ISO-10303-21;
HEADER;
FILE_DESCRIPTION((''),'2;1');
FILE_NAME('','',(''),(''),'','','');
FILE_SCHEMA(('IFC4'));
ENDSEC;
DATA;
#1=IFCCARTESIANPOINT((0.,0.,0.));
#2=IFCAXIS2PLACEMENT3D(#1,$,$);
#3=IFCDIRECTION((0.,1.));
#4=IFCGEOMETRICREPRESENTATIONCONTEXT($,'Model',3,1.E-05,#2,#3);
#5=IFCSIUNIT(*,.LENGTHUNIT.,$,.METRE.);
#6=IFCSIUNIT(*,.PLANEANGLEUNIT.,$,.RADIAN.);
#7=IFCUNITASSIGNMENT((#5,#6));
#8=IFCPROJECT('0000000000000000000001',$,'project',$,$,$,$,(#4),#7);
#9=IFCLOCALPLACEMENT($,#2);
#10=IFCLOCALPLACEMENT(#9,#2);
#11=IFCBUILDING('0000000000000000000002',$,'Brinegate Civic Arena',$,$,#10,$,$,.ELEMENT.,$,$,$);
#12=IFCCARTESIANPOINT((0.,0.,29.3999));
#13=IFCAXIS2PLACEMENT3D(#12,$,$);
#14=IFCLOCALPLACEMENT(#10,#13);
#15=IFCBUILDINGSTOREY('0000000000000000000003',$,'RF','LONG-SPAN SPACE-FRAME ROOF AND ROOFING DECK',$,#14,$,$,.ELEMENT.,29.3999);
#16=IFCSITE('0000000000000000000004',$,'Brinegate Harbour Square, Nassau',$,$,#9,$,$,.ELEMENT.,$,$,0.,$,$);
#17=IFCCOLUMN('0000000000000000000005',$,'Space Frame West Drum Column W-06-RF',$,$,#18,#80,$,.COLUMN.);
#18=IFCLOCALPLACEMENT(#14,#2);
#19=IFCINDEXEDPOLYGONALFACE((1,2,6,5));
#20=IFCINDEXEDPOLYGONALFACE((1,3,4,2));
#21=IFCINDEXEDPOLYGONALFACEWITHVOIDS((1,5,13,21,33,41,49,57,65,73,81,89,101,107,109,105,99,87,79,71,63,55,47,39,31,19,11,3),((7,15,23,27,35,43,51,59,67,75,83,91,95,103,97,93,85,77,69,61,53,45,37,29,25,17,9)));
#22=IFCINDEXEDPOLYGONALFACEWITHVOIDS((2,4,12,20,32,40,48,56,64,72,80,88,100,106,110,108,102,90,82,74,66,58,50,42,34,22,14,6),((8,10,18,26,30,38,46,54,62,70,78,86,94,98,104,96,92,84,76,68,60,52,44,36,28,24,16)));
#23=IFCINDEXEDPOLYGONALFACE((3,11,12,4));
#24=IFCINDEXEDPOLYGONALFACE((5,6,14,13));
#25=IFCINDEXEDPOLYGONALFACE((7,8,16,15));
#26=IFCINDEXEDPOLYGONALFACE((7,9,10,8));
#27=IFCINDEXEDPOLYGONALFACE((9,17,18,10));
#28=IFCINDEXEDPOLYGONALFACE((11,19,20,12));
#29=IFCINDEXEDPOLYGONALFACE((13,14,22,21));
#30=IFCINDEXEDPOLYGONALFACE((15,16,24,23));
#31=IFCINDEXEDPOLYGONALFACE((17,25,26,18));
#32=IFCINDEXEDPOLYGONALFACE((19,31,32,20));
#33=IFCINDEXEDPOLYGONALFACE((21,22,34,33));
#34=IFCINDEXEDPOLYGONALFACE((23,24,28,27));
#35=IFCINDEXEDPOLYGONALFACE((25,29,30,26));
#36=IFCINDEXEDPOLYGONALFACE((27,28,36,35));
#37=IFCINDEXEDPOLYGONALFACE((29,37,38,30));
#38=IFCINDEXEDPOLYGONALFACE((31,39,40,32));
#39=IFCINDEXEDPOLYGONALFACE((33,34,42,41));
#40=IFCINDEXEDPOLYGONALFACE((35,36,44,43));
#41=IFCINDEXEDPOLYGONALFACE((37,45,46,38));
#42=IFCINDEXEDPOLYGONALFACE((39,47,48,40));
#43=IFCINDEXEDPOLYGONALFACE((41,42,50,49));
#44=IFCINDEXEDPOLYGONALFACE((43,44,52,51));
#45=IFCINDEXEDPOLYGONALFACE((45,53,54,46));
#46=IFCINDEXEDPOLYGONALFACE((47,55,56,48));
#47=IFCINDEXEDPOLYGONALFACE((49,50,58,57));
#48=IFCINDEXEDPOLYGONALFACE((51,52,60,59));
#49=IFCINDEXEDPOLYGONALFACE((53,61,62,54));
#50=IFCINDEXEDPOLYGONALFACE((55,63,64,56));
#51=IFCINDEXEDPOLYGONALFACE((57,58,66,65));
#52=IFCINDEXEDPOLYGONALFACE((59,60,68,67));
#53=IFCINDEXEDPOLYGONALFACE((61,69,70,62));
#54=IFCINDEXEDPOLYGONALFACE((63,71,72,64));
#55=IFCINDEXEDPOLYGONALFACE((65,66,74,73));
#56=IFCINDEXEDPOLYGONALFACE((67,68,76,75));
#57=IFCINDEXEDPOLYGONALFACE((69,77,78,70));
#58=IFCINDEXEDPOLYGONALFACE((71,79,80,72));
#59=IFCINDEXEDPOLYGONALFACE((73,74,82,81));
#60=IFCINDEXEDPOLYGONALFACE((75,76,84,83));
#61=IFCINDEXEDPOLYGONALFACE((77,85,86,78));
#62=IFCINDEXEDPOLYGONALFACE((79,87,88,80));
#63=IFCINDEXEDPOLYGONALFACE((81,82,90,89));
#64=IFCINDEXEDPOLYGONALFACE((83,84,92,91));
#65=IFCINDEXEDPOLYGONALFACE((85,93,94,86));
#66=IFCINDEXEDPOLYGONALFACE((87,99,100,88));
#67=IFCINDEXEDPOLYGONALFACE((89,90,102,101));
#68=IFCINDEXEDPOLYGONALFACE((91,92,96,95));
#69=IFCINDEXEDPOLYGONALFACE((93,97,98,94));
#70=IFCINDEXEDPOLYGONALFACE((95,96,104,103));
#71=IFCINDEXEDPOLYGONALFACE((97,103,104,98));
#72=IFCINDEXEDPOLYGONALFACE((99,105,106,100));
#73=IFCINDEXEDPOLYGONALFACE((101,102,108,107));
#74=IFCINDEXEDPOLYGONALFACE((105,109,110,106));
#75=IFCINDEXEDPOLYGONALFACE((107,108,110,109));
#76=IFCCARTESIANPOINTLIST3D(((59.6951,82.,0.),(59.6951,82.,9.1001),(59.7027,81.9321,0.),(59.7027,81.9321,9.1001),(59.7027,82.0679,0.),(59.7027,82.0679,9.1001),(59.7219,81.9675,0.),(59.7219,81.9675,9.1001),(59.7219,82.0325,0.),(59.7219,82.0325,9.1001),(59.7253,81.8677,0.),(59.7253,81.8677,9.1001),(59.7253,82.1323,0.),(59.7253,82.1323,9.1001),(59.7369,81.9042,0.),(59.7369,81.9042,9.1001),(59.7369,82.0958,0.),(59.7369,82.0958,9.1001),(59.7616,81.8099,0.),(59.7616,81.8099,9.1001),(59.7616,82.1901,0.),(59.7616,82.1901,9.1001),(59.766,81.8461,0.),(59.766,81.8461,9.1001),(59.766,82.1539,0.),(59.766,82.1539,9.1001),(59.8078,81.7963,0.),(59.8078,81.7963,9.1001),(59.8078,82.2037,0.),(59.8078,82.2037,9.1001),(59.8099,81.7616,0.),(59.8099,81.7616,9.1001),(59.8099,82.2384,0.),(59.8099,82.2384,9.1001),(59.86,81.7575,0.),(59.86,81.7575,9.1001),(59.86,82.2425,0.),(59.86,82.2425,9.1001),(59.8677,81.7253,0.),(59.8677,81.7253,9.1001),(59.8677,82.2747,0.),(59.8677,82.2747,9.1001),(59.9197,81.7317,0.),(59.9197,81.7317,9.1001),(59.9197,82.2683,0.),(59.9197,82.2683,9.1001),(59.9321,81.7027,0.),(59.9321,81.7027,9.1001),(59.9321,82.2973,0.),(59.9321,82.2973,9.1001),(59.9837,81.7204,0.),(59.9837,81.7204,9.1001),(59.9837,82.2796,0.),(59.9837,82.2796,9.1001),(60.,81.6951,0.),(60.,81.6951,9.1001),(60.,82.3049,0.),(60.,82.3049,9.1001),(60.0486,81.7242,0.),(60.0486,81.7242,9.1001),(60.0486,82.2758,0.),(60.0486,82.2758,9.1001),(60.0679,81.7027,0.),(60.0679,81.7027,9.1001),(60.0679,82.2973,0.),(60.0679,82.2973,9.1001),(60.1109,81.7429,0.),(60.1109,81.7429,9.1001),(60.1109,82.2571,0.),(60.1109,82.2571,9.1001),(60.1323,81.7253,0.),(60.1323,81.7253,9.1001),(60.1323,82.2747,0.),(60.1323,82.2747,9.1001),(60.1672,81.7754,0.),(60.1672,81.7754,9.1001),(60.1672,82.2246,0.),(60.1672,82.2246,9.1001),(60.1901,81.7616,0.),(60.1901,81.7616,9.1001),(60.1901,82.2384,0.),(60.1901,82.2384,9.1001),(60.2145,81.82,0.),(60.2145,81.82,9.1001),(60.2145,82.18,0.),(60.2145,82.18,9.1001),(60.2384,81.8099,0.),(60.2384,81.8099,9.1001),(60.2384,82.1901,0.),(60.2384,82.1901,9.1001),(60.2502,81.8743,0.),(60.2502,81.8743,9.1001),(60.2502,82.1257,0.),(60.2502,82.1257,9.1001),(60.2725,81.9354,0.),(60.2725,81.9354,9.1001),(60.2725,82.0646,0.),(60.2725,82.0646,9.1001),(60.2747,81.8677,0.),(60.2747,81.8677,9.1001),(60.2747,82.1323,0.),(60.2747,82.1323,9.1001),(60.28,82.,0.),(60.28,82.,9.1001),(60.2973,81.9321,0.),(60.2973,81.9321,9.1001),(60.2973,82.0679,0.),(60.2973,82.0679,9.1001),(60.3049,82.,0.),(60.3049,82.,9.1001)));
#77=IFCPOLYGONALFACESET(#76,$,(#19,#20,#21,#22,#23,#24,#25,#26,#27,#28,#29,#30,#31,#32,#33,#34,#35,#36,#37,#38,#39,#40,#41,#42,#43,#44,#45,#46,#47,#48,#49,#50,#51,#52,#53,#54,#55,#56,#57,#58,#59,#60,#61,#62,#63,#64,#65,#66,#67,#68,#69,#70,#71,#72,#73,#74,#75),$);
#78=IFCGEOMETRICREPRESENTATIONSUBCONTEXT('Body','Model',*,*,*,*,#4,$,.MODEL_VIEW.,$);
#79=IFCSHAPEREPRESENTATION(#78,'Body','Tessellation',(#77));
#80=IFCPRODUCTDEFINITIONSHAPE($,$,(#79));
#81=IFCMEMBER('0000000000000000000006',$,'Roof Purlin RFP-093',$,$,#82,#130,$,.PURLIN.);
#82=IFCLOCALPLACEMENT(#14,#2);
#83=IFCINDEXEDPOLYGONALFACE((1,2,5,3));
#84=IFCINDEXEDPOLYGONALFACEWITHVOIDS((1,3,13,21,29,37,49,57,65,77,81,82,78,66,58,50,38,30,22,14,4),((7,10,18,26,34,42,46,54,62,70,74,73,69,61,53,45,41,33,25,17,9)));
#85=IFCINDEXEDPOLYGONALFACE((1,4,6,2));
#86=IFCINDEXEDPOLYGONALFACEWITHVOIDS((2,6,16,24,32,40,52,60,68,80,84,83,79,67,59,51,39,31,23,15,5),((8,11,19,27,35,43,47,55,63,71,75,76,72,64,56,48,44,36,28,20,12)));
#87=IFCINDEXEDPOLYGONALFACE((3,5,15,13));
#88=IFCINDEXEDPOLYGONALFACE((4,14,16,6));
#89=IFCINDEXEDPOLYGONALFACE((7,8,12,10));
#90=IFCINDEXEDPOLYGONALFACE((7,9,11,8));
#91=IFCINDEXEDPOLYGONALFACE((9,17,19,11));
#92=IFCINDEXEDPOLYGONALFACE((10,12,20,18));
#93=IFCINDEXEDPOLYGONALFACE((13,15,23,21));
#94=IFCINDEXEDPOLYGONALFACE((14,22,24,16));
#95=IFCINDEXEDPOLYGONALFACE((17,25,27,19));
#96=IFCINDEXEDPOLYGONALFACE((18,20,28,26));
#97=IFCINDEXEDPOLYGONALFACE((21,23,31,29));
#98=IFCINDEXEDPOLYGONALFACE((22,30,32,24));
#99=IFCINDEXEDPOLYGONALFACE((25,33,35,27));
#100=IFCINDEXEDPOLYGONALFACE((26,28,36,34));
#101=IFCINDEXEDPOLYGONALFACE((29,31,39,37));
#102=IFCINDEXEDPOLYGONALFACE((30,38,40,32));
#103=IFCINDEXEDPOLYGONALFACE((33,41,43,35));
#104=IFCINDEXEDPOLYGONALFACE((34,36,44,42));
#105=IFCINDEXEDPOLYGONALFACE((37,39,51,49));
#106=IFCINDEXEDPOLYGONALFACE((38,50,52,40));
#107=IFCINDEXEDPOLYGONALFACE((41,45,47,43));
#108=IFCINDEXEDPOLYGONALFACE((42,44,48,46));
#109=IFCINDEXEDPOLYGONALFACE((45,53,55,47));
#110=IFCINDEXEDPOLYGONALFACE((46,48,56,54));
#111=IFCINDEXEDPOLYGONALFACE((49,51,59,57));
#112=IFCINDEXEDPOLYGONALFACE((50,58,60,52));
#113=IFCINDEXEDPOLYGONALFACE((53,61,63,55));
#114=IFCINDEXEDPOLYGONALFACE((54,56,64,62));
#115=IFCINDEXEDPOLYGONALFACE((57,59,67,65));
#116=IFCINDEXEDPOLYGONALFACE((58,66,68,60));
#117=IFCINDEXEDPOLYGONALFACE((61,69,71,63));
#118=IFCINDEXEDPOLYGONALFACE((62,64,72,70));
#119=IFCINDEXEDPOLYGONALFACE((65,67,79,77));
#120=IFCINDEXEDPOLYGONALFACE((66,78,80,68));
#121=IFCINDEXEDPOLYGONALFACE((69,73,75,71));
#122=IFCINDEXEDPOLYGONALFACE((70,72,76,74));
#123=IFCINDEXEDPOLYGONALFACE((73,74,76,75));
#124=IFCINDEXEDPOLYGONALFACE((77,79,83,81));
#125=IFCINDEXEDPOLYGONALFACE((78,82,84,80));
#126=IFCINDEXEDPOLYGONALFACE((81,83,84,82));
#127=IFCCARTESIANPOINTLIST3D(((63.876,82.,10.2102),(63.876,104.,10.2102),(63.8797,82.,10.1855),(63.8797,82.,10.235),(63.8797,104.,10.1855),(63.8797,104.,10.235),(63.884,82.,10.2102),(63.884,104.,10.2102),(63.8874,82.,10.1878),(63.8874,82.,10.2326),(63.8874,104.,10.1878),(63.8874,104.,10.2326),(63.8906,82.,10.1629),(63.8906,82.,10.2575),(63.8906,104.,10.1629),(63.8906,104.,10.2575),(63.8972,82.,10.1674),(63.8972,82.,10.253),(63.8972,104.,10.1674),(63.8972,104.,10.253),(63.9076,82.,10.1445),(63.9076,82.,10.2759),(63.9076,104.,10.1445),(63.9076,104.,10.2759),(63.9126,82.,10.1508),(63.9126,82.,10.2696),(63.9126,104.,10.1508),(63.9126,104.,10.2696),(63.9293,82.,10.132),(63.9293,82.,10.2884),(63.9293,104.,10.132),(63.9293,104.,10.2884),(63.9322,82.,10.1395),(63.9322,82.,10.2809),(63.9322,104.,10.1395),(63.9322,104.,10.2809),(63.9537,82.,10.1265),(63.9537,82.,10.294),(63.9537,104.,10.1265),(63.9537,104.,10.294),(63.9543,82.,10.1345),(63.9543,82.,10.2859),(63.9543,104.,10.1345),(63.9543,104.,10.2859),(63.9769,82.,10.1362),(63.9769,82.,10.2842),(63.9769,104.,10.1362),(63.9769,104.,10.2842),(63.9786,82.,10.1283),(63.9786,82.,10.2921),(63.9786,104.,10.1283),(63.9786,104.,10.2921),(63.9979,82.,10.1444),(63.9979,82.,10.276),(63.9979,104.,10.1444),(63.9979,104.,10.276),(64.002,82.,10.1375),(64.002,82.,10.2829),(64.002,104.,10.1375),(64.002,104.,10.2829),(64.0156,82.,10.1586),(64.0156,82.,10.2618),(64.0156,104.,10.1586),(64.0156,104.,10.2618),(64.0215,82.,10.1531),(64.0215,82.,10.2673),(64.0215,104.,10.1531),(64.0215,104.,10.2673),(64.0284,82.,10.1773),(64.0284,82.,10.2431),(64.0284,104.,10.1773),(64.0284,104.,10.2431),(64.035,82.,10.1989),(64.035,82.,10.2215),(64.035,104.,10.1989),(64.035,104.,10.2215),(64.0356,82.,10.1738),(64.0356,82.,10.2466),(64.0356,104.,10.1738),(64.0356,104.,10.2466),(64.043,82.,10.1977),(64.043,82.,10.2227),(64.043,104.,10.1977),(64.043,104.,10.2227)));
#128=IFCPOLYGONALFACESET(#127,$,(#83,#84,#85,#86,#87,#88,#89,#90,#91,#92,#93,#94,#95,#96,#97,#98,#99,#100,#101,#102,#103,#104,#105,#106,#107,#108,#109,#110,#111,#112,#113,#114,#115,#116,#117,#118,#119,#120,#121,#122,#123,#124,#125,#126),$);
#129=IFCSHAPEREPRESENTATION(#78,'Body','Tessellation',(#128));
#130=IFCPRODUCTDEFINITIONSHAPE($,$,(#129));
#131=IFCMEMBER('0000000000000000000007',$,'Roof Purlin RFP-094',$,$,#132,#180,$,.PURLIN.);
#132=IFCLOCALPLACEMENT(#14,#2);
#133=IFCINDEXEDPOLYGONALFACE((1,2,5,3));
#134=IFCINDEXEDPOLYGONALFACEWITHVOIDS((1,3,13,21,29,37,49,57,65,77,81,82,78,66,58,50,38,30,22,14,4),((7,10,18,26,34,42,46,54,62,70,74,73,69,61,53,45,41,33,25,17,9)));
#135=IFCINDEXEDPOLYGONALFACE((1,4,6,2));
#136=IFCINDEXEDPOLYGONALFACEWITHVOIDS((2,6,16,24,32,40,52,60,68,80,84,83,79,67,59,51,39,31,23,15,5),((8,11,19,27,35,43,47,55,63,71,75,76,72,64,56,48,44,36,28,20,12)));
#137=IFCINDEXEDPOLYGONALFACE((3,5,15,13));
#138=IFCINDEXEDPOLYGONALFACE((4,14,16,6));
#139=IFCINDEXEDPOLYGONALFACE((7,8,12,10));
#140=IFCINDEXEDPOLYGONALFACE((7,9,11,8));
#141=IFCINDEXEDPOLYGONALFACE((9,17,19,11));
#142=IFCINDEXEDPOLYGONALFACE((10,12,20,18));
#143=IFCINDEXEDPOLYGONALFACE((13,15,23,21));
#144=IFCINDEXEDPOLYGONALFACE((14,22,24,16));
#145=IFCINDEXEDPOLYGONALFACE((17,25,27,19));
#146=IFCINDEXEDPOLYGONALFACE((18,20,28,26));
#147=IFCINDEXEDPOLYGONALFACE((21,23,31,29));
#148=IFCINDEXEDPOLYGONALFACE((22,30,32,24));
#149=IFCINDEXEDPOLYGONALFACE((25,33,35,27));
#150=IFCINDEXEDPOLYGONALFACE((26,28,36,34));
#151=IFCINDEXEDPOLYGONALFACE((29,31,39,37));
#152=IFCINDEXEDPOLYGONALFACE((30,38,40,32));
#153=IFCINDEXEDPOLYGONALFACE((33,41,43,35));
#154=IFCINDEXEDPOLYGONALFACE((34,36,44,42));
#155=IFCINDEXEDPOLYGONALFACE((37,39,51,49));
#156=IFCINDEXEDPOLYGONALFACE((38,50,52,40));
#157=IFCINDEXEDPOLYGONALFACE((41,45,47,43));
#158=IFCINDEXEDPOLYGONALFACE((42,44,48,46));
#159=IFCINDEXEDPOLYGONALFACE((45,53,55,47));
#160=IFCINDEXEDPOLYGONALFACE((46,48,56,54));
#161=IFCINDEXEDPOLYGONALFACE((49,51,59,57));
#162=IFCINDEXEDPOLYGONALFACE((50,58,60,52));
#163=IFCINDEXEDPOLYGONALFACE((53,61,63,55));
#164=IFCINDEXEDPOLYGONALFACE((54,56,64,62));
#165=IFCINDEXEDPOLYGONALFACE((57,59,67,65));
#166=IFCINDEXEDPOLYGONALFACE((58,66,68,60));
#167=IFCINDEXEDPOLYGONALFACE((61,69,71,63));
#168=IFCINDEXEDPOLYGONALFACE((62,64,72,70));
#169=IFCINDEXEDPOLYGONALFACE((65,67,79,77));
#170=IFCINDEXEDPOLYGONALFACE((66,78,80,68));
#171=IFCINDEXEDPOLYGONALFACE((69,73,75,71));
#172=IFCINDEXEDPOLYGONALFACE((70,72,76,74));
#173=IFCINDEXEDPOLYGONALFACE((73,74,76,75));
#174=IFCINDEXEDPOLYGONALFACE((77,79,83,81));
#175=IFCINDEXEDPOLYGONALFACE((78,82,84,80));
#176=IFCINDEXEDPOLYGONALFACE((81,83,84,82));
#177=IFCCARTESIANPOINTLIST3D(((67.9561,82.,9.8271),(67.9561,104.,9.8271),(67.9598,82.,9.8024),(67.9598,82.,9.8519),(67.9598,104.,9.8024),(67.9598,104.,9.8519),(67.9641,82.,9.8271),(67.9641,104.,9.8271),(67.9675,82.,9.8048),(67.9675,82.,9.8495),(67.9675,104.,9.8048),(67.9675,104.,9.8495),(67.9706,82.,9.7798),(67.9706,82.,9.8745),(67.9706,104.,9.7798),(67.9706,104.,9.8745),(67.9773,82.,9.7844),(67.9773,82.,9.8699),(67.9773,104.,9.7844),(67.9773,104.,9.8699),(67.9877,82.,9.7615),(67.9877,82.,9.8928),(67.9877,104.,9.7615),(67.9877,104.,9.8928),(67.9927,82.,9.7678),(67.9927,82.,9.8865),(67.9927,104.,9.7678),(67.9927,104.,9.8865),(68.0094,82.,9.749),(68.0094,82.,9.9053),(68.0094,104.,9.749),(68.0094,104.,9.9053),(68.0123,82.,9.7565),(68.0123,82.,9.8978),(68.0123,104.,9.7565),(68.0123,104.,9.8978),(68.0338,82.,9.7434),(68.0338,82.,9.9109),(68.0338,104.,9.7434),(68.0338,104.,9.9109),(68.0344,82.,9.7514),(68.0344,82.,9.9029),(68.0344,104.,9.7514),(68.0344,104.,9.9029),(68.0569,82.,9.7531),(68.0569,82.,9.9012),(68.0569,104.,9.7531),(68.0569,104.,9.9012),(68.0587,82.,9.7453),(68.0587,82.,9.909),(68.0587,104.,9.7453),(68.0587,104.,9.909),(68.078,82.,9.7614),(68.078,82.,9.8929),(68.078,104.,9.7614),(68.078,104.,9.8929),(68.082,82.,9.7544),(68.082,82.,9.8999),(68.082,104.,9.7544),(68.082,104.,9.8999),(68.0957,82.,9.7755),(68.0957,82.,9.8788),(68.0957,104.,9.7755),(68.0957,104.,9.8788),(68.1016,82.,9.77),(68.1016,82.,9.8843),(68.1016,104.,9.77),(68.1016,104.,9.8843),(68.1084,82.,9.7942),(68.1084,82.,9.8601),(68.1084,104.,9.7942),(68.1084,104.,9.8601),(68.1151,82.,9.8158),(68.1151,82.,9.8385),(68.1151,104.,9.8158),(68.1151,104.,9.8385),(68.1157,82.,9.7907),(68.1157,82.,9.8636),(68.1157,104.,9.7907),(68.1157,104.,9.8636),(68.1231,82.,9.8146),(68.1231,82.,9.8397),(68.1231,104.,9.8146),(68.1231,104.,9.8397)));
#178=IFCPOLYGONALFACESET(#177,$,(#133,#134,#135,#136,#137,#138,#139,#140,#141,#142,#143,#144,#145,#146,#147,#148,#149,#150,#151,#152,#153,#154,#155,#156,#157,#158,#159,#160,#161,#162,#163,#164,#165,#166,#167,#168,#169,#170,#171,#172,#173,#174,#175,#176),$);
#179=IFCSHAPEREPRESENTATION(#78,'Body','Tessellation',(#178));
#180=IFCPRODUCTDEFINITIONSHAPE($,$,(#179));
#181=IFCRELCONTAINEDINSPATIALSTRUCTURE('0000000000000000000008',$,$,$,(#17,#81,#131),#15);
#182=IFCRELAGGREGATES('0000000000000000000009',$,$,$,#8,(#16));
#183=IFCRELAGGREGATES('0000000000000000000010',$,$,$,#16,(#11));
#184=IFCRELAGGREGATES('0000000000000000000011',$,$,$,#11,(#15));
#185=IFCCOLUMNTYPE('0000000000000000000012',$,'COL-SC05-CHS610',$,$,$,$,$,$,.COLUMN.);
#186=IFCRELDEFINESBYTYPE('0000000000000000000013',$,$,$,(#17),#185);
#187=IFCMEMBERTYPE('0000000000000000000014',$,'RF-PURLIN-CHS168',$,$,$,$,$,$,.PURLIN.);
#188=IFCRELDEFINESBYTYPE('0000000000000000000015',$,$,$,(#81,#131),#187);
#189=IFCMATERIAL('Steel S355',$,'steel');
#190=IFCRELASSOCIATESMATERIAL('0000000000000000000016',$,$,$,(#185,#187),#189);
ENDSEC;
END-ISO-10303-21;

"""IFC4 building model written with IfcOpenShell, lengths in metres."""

from ifc_helpers import new_model, si_unit, direction, frame, origin, origin_2d, place, context, subcontext, project, spatial, hollow_circle, extrude, material, material_profile, profile_set, type_object, element, save


model = new_model("IFC4")

# Units and contexts
model_context = context("Model", 3, precision=1e-05, world=origin(), true_north=direction((0.0, 1.0)))
body_context = subcontext(model_context, "Body", "Model", "MODEL_VIEW")
ifc_project = project(units=[si_unit("LENGTHUNIT", "METRE"), si_unit("PLANEANGLEUNIT", "RADIAN")], contexts=[model_context])

# Site, building, storey
site_placement = place(None, origin())
site = spatial("IfcSite", under=ifc_project, at=site_placement, Name="Brinegate Harbour Square, Nassau", CompositionType="ELEMENT", RefElevation=0.0)
building_placement = place(site_placement, origin())
building = spatial("IfcBuilding", under=site, at=building_placement, Name="Brinegate Civic Arena", CompositionType="ELEMENT")
storey_placement = place(building_placement, frame((0.0, 0.0, 29.3999)))
storey = spatial("IfcBuildingStorey", under=building, at=storey_placement, Name="RF", Description="LONG-SPAN SPACE-FRAME ROOF AND ROOFING DECK", CompositionType="ELEMENT", Elevation=29.3999)

# Column
ifc_material_1 = material(Name="Steel S355", Category="steel")
ifc_material_profile_1 = material_profile(ifc_material_1, hollow_circle(Radius=0.3049, WallThickness=0.0249, at=origin_2d()), Name="CHS610X25")
ifc_profile_set_1 = profile_set([ifc_material_profile_1], Name="Steel S355")
column_type = type_object("IfcColumnType", Name="COL-SC05-CHS610", PredefinedType="COLUMN", material=ifc_profile_set_1)
column_placement = place(storey_placement, frame((60.0, 82.0, 0.0), z_axis=(0.0, 0.0, 1.0), x_axis=(1.0, 0.0, 0.0)))
element("IfcColumn", 1, at=column_placement, inside=storey, type_object=column_type, Name="Space Frame West Drum Column W-06-RF", PredefinedType="COLUMN", context=body_context, shape_type="SweptSolid", body=[
    extrude(hollow_circle(Radius=0.3049, WallThickness=0.0249, at=origin_2d()), origin(), (0.0, 0.0, 1.0), 9.1001),
])

# Members
ifc_material_profile_2 = material_profile(ifc_material_1, hollow_circle(Radius=0.084, WallThickness=0.0081, at=origin_2d()), Name="CHS168X8")
ifc_profile_set_2 = profile_set([ifc_material_profile_2], Name="Steel S355")
member_type_1 = type_object("IfcMemberType", Name="RF-PURLIN-CHS168", PredefinedType="PURLIN", material=ifc_profile_set_2)
for number, where, z_axis, x_axis, name in (
    (2, (63.96, 82.0, 10.2102), (0.0, 1.0, 0.0), (-1.0, 0.0, 0.0), "Roof Purlin RFP-093"),
    (3, (68.04, 82.0, 9.8271), (0.0, 1.0, 0.0), (-1.0, 0.0, 0.0), "Roof Purlin RFP-094"),
):
    element("IfcMember", number, at=place(storey_placement, frame(where, z_axis=z_axis, x_axis=x_axis)), inside=storey, type_object=member_type_1, Name=name, PredefinedType="PURLIN", context=body_context, shape_type="SweptSolid", body=[
        extrude(hollow_circle(Radius=0.084, WallThickness=0.0081, at=origin_2d()), origin(), (0.0, 0.0, 1.0), 22.0),
    ])

save(model, "model.ifc")
